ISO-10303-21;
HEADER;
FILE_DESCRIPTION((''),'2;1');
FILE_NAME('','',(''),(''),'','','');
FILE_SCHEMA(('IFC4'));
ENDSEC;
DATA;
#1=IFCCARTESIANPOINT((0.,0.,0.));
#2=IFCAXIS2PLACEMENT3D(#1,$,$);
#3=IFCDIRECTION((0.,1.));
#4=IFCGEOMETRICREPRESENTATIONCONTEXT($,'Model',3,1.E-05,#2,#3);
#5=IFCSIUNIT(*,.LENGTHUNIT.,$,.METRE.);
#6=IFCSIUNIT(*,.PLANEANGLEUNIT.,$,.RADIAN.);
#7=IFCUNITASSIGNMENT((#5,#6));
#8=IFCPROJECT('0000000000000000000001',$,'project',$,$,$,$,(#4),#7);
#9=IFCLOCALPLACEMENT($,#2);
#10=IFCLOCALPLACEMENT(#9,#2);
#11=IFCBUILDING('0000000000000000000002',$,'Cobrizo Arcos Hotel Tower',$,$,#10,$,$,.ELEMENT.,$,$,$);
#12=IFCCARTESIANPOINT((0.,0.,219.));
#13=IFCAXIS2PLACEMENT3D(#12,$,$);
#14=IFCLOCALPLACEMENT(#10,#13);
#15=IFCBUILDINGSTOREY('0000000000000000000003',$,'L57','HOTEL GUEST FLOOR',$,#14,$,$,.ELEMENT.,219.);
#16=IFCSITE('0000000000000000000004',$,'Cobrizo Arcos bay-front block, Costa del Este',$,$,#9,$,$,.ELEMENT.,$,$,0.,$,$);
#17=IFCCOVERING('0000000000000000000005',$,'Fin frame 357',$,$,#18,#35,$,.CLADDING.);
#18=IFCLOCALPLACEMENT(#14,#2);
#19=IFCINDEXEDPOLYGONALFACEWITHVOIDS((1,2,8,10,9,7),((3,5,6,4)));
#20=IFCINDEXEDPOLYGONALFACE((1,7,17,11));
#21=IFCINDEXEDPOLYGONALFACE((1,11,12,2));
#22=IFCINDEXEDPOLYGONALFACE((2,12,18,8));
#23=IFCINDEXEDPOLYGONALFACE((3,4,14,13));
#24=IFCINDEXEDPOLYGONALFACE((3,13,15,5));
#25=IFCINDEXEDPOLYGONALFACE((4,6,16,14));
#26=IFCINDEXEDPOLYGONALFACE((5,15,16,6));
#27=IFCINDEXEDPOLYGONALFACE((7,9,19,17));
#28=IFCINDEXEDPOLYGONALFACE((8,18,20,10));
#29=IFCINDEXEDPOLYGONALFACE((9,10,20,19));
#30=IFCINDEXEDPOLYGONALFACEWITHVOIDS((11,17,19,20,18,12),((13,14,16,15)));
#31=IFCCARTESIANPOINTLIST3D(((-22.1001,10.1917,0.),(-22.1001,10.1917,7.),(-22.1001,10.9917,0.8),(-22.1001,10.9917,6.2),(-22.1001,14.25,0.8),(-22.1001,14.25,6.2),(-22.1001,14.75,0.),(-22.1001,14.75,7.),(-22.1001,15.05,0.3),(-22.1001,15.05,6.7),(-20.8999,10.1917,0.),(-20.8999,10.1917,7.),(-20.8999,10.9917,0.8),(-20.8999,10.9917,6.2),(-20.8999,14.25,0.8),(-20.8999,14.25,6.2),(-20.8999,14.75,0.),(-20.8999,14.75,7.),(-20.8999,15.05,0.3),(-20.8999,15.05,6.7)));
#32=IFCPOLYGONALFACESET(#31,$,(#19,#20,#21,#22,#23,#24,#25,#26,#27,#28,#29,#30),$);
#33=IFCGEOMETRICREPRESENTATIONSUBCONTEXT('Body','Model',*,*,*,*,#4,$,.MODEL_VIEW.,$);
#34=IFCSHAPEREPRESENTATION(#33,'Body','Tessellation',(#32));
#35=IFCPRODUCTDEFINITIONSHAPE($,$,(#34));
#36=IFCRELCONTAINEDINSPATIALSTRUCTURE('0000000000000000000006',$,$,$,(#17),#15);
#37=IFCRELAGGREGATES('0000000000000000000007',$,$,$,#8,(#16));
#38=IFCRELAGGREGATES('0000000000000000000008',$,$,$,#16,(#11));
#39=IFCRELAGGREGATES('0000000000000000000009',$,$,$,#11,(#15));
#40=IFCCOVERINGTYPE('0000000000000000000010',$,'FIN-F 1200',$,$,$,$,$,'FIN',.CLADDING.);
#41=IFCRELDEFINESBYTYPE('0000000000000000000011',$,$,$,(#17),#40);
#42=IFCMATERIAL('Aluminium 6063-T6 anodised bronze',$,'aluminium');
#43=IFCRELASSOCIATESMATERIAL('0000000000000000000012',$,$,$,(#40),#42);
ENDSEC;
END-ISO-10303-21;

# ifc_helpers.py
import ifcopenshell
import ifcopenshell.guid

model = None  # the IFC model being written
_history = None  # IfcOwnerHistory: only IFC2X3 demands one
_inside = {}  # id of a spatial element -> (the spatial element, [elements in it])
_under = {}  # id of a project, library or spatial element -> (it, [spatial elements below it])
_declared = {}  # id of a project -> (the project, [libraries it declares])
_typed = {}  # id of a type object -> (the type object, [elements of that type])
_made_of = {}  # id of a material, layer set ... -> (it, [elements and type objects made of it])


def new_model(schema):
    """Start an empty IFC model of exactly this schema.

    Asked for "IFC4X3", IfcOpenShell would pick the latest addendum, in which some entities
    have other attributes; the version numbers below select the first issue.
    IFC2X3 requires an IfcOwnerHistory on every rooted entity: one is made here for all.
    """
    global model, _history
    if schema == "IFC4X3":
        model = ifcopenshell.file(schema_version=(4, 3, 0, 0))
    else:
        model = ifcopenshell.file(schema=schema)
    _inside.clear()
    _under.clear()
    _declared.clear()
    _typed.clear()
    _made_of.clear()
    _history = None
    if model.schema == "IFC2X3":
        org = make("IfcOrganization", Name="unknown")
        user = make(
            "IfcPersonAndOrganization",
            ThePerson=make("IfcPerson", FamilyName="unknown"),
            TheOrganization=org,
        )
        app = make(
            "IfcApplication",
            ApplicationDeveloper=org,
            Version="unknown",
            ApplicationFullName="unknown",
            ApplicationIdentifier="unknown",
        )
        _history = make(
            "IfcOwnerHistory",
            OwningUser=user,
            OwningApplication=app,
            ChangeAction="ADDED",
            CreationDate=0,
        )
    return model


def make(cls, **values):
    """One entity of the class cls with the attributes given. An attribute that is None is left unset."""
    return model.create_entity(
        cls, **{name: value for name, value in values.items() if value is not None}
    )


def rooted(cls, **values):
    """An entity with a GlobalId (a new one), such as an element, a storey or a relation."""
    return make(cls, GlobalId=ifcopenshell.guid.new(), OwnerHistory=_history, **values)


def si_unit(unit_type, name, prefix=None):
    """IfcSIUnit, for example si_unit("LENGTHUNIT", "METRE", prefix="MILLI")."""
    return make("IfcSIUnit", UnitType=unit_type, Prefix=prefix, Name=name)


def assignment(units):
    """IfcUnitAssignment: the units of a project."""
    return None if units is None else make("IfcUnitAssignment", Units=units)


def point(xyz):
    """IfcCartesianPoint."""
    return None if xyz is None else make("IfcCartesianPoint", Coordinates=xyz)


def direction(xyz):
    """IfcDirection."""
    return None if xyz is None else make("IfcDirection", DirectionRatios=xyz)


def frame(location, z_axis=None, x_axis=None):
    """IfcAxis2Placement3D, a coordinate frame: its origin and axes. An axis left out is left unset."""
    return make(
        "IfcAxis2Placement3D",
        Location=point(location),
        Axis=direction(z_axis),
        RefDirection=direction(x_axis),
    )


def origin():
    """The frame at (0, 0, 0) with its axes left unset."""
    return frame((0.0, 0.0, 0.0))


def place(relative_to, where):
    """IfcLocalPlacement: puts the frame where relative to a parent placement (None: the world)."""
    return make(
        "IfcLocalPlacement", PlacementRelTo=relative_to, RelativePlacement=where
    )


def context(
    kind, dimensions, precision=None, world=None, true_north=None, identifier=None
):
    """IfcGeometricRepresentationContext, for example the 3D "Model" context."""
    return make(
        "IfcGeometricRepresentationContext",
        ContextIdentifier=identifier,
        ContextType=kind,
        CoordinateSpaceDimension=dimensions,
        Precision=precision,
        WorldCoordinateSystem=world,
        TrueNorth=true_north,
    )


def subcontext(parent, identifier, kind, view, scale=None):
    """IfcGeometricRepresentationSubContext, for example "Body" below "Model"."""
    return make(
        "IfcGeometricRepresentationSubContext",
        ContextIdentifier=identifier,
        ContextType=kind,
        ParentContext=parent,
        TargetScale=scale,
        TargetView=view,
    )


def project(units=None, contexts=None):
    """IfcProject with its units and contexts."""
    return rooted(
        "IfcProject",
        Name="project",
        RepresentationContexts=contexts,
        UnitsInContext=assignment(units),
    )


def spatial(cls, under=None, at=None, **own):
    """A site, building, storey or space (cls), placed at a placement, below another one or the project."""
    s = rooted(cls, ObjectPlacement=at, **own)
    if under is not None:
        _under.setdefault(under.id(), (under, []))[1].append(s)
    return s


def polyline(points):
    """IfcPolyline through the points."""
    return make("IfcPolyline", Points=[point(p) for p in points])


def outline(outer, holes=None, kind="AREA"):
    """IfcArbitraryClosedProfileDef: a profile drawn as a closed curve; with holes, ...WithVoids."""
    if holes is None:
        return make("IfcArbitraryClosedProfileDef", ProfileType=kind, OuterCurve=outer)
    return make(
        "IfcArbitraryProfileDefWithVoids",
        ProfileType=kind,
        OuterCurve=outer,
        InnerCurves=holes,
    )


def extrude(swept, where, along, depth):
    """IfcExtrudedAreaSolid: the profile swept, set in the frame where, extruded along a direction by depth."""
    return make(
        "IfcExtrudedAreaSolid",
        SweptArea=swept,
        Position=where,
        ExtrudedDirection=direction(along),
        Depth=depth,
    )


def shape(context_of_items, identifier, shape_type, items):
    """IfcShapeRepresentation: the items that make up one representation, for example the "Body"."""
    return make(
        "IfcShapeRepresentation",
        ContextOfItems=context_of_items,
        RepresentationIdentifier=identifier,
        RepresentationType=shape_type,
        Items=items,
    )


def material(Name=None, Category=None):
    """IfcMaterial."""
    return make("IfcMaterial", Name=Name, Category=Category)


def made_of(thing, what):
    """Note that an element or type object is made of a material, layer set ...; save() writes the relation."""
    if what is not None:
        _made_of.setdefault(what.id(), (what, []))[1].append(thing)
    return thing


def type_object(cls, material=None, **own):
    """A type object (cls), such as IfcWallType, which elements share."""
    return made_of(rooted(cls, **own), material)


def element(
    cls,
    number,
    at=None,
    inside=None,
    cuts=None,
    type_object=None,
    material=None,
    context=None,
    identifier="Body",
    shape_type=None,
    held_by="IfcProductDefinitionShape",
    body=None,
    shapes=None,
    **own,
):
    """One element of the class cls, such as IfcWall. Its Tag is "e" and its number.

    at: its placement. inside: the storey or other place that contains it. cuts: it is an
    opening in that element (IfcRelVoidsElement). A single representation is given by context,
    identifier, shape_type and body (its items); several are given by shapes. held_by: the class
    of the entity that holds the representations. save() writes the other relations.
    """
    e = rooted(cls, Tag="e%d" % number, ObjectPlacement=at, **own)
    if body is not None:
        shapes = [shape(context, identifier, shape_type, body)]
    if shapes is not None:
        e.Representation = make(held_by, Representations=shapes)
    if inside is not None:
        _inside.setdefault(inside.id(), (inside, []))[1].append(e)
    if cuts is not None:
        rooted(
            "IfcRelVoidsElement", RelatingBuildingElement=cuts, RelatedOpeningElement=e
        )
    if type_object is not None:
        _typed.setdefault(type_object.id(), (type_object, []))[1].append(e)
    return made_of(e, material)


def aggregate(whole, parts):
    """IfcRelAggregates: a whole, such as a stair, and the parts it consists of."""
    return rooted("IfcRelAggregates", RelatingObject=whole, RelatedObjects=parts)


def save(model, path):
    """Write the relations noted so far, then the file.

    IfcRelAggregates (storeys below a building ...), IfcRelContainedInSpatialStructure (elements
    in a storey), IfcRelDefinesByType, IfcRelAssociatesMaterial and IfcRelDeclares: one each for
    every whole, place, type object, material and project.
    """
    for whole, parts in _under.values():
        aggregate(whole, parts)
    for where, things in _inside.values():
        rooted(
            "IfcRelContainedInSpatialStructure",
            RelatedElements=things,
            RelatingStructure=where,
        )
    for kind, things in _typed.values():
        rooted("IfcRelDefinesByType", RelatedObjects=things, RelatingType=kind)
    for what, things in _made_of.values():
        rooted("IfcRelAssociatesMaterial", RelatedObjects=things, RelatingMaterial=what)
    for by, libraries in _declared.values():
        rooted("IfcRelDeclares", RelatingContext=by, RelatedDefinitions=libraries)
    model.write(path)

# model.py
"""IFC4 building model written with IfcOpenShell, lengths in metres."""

from ifc_helpers import new_model, si_unit, direction, frame, origin, place, context, subcontext, project, spatial, polyline, outline, extrude, material, type_object, element, save


model = new_model("IFC4")

# Units and contexts
model_context = context("Model", 3, precision=1e-05, world=origin(), true_north=direction((0.0, 1.0)))
body_context = subcontext(model_context, "Body", "Model", "MODEL_VIEW")
ifc_project = project(units=[si_unit("LENGTHUNIT", "METRE"), si_unit("PLANEANGLEUNIT", "RADIAN")], contexts=[model_context])

# Site, building, storey
site_placement = place(None, origin())
site = spatial("IfcSite", under=ifc_project, at=site_placement, Name="Cobrizo Arcos bay-front block, Costa del Este", CompositionType="ELEMENT", RefElevation=0.0)
building_placement = place(site_placement, origin())
building = spatial("IfcBuilding", under=site, at=building_placement, Name="Cobrizo Arcos Hotel Tower", CompositionType="ELEMENT")
storey_placement = place(building_placement, frame((0.0, 0.0, 219.0)))
storey = spatial("IfcBuildingStorey", under=building, at=storey_placement, Name="L57", Description="HOTEL GUEST FLOOR", CompositionType="ELEMENT", Elevation=219.0)

# Shared definitions
ifc_material_1 = material(Name="Aluminium 6063-T6 anodised bronze", Category="aluminium")

# Covering
covering_type = type_object("IfcCoveringType", Name="FIN-F 1200", ElementType="FIN", PredefinedType="CLADDING", material=ifc_material_1)
covering_placement = place(storey_placement, frame((-20.8999, 15.05, 0.0), z_axis=(-1.0, 0.0, 0.0), x_axis=(0.0, -1.0, 0.0)))
element("IfcCovering", 1, at=covering_placement, inside=storey, type_object=covering_type, Name="Fin frame 357", PredefinedType="CLADDING", context=body_context, shape_type="SweptSolid", body=[
    extrude(outline(polyline([(0.0, 0.3), (0.3, 0.0), (4.8584, 0.0), (4.8584, 7.0), (0.3, 7.0), (0.0, 6.7), (0.0, 0.3)]), holes=[polyline([(4.0583, 0.8), (0.8, 0.8), (0.8, 6.2), (4.0583, 6.2), (4.0583, 0.8)])]), origin(), (0.0, 0.0, 1.0), 1.2002),
])

save(model, "model.ifc")
